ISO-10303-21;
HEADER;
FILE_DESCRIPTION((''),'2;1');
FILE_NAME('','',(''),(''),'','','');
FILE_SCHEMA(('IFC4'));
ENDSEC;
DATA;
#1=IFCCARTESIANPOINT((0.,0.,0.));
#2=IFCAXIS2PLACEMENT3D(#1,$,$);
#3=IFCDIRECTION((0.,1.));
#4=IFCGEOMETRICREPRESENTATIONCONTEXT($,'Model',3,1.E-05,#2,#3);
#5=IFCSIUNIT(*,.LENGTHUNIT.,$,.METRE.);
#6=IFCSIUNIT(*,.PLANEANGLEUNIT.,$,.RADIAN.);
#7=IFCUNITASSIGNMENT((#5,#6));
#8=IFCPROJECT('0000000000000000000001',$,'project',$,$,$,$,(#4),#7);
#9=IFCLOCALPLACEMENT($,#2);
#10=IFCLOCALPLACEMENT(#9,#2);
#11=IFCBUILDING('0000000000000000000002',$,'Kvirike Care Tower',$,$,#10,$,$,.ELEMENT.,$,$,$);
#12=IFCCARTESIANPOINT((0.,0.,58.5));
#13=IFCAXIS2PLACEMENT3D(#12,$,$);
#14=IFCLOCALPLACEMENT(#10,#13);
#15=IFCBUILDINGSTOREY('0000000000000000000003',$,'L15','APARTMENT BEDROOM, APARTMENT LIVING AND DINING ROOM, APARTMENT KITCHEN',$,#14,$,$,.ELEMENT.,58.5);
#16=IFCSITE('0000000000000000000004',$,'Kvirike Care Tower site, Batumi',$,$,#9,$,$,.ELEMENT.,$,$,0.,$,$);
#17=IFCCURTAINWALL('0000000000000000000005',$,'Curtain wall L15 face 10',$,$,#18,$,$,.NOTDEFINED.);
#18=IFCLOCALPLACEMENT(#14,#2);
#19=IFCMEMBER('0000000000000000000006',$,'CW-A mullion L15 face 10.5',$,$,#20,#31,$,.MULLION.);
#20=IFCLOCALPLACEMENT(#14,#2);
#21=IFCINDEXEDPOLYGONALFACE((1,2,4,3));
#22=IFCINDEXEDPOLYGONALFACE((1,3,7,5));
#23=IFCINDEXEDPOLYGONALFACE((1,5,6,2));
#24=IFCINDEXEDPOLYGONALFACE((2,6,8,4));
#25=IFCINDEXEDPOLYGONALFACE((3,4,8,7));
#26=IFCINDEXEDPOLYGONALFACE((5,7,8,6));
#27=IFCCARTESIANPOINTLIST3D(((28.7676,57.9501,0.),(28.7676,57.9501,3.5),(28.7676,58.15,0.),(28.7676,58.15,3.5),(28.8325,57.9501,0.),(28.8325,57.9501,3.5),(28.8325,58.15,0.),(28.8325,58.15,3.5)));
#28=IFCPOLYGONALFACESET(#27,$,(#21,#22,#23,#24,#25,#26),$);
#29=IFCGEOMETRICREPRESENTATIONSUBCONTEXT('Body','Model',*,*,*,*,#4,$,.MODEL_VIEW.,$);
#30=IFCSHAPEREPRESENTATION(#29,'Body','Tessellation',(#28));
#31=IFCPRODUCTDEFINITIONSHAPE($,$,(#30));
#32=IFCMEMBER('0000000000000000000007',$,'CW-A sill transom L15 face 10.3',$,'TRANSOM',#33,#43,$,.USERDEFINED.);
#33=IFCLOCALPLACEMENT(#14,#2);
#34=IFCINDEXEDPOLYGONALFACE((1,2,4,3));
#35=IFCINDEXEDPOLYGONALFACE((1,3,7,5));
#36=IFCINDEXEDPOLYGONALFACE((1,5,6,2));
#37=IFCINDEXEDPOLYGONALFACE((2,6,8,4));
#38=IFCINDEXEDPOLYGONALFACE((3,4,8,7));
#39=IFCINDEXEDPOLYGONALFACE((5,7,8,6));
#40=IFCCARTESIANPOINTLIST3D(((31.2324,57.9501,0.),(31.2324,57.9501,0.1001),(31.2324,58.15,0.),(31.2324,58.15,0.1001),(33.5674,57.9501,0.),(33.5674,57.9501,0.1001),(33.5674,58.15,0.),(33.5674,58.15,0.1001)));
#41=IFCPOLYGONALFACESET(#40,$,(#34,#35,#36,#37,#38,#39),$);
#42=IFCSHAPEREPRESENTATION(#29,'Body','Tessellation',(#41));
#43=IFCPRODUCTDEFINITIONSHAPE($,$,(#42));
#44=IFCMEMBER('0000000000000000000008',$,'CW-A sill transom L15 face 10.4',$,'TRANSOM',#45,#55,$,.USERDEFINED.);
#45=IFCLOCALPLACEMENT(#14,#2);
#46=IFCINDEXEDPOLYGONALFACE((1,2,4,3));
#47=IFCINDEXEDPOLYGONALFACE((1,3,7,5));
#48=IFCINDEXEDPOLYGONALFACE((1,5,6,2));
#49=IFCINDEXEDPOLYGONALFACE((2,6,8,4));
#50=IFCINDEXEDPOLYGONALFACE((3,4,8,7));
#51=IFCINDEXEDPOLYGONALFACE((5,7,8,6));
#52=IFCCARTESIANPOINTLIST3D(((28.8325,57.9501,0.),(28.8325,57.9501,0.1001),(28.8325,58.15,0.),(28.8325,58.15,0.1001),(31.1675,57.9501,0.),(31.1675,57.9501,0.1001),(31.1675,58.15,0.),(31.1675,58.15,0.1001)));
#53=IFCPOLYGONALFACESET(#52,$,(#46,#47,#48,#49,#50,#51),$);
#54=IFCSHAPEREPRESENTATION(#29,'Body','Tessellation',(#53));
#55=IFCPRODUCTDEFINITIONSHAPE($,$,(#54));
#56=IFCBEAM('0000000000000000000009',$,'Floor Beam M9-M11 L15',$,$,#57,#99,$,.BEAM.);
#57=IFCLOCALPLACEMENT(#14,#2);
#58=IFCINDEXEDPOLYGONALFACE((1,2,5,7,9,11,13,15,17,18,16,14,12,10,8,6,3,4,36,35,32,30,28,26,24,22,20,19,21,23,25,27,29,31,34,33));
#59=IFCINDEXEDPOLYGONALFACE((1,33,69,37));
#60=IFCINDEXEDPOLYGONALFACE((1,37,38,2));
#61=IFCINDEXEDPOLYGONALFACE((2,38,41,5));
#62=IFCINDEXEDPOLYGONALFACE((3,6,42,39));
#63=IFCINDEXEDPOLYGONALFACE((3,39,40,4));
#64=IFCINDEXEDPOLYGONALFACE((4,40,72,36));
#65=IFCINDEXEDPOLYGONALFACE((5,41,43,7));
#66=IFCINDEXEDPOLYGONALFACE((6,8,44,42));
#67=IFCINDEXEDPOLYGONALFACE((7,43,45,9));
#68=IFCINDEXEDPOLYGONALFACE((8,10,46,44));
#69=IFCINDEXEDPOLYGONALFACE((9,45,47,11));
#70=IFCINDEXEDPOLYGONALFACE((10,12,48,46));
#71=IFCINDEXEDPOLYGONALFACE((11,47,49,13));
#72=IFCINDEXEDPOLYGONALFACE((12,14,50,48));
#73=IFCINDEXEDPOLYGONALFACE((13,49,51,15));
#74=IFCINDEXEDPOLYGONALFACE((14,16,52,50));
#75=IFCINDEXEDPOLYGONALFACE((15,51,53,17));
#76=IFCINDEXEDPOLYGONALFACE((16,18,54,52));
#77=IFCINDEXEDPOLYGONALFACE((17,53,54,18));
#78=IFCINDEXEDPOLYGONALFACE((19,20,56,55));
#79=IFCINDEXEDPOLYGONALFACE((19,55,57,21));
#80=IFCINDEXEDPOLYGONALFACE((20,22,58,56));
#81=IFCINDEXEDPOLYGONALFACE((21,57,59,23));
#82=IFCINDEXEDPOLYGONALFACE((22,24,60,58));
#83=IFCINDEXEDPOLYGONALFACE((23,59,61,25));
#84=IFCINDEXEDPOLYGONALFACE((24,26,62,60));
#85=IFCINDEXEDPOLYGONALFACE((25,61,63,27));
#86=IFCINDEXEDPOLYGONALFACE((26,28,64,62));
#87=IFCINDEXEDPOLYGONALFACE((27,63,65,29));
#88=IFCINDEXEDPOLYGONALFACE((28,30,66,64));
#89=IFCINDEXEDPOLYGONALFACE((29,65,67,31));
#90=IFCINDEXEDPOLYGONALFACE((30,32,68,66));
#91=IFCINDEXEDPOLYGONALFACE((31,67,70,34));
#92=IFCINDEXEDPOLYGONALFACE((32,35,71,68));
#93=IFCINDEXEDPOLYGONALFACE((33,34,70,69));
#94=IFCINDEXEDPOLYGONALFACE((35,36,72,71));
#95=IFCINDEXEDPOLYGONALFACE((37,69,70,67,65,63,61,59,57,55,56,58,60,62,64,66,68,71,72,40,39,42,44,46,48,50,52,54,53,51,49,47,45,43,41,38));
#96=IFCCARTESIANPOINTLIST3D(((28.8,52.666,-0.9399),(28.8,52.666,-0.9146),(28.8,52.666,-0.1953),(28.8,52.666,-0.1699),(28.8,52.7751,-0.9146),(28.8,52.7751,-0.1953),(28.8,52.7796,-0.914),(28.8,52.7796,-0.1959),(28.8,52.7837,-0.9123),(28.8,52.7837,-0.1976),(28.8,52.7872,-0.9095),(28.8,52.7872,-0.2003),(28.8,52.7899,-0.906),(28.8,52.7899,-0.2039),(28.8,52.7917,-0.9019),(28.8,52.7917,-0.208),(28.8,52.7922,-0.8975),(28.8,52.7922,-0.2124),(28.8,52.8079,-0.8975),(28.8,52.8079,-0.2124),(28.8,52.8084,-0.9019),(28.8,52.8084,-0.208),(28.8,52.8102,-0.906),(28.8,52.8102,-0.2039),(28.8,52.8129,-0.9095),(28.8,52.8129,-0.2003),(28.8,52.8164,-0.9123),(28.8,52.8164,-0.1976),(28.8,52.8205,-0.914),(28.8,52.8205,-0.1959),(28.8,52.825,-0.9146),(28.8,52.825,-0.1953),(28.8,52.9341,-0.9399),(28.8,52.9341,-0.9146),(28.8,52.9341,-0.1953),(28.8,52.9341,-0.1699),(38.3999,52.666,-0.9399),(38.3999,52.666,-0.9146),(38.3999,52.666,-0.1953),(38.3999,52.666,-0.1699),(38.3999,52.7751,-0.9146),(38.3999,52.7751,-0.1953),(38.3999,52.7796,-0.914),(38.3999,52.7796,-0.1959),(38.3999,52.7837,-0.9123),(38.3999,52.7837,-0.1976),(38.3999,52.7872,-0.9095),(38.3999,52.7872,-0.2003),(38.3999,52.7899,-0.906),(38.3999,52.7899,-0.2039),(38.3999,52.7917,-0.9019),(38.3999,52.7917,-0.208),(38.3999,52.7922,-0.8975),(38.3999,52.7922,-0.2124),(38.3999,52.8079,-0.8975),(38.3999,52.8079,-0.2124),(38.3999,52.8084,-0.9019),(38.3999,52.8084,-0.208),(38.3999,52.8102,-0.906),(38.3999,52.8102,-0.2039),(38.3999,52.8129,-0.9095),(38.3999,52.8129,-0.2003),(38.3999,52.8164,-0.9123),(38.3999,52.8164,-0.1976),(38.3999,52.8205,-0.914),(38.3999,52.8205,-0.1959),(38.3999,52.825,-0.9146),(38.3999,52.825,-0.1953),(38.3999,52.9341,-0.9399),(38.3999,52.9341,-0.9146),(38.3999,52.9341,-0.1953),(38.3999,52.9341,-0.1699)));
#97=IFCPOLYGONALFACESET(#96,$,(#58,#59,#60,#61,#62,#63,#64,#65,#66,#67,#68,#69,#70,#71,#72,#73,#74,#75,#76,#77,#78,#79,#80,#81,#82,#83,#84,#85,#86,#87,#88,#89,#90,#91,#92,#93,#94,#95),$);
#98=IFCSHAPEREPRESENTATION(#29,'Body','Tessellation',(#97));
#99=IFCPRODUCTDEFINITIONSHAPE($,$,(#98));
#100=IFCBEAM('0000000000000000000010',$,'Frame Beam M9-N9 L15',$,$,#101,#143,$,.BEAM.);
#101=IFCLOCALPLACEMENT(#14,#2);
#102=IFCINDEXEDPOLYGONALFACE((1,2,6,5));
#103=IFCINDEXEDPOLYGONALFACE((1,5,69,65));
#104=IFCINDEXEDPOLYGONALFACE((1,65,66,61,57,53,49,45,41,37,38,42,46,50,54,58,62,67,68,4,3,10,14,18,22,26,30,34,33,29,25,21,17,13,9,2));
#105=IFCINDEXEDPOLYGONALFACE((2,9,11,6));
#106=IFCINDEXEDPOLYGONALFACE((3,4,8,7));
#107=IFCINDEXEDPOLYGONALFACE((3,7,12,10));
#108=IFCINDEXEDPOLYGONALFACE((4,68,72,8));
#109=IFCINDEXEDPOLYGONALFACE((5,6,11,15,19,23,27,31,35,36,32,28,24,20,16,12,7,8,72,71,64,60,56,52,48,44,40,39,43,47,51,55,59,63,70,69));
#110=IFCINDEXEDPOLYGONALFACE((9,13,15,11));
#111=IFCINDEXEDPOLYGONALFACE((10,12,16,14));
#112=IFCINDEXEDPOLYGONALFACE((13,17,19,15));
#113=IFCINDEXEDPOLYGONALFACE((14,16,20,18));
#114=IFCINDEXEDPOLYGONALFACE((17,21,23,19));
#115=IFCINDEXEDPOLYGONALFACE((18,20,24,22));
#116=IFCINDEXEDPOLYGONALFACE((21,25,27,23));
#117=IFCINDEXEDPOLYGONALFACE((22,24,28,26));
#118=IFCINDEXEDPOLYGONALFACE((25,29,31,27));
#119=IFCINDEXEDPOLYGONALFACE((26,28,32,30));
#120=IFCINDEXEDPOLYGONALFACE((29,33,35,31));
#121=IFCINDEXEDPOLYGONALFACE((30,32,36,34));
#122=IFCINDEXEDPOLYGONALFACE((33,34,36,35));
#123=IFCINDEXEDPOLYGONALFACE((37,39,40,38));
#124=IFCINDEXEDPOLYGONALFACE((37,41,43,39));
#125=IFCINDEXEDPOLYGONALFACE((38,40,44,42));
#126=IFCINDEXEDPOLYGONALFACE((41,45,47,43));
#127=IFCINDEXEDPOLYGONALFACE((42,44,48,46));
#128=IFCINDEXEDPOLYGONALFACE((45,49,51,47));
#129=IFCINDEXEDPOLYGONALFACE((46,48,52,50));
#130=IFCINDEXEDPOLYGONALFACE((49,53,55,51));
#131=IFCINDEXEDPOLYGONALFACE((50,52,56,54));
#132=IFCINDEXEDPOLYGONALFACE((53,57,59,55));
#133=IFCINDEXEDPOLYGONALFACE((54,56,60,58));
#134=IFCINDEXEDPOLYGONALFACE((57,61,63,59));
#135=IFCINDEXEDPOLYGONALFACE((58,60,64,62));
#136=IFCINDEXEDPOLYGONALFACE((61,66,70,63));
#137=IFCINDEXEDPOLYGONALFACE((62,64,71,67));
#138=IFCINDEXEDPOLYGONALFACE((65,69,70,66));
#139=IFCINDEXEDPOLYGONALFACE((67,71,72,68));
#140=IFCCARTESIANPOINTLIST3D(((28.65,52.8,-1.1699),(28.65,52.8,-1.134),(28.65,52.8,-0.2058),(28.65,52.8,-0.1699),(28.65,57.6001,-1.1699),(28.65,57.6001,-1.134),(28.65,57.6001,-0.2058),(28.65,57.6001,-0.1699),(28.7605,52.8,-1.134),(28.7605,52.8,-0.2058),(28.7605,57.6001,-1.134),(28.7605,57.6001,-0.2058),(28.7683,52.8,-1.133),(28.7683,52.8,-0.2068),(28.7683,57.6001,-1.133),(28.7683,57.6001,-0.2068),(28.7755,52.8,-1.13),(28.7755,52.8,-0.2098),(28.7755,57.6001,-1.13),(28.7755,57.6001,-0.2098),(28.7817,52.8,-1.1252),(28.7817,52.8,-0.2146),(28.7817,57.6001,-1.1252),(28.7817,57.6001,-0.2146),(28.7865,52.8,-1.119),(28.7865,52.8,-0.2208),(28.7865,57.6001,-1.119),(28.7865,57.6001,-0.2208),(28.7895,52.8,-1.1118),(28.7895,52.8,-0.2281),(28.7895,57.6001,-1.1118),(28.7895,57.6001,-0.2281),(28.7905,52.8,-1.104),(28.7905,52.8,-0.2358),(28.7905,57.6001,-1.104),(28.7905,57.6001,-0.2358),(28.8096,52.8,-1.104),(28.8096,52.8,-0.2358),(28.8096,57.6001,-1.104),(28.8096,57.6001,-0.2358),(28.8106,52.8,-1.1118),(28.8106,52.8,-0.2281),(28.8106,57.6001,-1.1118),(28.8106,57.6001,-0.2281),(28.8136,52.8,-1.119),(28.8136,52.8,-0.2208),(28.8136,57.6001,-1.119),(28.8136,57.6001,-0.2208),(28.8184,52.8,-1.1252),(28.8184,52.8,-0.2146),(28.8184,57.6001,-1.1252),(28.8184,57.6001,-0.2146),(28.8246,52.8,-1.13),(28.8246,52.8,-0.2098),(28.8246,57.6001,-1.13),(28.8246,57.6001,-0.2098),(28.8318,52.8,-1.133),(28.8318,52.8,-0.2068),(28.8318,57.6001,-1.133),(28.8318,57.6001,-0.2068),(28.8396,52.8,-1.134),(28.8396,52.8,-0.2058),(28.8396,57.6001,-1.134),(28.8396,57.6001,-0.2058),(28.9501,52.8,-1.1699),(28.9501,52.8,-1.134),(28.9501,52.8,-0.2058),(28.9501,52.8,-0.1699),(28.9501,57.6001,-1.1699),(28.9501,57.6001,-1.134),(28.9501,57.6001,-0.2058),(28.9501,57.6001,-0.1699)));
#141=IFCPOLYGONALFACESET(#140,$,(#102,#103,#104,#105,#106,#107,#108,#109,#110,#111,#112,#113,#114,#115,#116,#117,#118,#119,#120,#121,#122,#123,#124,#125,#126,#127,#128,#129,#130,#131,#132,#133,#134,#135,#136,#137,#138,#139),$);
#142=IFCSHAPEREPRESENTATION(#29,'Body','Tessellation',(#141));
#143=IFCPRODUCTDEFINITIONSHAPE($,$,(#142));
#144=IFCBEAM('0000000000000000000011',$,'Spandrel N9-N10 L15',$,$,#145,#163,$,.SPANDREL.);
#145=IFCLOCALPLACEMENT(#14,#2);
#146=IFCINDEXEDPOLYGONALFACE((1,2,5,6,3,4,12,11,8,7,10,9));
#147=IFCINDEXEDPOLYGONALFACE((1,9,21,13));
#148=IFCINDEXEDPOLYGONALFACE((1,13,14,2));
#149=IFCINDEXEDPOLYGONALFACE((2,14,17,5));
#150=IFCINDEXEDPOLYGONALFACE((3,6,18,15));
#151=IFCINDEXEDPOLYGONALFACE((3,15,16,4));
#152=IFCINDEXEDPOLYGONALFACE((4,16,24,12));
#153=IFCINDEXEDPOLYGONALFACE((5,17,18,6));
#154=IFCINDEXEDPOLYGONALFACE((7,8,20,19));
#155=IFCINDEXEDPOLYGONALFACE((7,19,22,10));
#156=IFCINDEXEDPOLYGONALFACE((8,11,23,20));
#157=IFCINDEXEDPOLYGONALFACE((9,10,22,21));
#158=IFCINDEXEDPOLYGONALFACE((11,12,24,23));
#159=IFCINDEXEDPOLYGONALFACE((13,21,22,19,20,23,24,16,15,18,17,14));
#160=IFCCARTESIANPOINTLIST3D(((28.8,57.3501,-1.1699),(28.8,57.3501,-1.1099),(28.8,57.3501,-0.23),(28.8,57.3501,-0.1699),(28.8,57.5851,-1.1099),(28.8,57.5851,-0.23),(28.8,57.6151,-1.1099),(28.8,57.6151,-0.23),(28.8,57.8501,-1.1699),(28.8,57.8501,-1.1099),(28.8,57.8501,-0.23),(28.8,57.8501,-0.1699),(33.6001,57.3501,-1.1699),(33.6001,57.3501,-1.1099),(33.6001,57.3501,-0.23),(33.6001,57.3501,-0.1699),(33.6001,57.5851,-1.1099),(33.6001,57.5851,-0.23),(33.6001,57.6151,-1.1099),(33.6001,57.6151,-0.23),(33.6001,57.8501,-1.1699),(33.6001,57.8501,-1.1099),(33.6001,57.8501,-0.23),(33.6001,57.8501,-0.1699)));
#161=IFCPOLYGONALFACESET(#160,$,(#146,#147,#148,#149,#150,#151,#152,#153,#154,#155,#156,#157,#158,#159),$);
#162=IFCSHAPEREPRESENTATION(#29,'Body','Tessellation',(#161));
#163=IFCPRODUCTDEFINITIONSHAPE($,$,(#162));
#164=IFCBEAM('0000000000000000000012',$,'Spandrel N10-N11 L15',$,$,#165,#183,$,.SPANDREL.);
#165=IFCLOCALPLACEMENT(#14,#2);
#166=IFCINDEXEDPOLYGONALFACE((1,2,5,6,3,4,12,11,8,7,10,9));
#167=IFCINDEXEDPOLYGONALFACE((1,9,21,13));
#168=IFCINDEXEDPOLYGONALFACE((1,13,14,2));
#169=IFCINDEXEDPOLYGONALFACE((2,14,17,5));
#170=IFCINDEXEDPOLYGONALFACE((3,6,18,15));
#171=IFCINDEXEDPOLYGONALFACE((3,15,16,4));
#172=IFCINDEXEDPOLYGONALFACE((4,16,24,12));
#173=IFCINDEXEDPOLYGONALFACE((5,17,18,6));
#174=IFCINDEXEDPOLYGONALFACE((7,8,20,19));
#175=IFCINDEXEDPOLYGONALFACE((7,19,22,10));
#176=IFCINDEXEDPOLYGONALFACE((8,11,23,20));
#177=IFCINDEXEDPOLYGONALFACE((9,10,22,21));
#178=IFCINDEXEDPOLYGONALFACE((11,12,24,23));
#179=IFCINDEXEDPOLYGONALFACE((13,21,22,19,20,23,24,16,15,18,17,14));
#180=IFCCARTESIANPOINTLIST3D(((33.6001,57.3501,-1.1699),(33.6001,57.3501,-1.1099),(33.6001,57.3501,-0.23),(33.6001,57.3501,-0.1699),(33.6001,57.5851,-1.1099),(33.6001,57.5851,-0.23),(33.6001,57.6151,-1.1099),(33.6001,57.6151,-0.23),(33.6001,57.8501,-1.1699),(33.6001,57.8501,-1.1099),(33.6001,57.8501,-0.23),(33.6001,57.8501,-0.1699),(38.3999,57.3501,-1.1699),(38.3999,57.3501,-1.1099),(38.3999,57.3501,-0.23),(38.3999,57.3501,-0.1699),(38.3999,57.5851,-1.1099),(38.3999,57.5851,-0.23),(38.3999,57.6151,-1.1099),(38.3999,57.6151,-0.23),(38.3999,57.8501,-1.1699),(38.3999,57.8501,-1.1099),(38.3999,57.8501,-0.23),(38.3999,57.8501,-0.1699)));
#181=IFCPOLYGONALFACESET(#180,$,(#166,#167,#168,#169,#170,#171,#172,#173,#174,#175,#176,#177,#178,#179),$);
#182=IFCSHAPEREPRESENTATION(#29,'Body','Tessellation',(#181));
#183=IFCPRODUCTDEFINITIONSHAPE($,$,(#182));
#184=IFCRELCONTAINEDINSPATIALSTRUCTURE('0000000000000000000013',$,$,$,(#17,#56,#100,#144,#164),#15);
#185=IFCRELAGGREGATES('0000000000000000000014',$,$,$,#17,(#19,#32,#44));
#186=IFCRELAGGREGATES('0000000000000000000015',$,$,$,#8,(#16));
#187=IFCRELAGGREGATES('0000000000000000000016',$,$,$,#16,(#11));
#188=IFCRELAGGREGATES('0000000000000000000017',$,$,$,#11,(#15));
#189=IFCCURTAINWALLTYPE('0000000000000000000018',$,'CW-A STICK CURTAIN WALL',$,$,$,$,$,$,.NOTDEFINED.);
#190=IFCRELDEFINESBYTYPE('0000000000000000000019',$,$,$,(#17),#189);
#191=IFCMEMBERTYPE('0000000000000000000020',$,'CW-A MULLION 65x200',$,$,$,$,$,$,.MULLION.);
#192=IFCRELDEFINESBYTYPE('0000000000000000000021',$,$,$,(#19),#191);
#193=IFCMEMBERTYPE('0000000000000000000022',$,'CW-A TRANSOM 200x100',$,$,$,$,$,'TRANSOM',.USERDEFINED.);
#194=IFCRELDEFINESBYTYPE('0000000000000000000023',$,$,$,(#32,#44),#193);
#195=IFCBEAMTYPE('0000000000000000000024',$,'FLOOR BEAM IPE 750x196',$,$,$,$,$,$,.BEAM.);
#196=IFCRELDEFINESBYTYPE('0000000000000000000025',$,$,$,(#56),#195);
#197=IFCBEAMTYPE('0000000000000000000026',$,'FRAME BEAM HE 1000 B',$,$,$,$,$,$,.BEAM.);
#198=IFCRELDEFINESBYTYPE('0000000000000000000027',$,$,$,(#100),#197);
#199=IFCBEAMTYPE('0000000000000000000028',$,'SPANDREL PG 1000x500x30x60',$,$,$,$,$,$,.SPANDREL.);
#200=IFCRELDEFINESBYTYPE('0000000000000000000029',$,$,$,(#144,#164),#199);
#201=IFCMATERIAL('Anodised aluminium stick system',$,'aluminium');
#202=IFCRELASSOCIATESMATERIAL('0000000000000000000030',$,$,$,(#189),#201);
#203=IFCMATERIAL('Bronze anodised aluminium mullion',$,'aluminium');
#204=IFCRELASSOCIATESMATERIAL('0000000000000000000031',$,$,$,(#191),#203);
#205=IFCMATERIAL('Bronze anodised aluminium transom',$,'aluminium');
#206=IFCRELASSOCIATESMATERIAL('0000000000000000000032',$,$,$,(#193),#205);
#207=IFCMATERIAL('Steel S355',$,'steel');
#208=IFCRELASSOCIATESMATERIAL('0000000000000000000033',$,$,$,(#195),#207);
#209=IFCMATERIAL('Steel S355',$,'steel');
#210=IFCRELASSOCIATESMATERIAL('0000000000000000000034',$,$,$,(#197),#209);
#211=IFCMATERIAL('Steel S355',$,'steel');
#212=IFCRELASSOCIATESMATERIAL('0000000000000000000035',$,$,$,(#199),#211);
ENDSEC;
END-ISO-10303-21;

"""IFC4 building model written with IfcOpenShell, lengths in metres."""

from ifc_helpers import new_model, si_unit, direction, frame, origin, origin_2d, place, context, subcontext, project, spatial, rectangle, i_section, extrude, material, material_profile, profile_set, type_object, element, aggregate, save


model = new_model("IFC4")

# Units and contexts
model_context = context("Model", 3, precision=1e-05, world=origin(), true_north=direction((0.0, 1.0)))
body_context = subcontext(model_context, "Body", "Model", "MODEL_VIEW")
ifc_project = project(units=[si_unit("LENGTHUNIT", "METRE"), si_unit("PLANEANGLEUNIT", "RADIAN")], contexts=[model_context])

# Site, building, storey
site_placement = place(None, origin())
site = spatial("IfcSite", under=ifc_project, at=site_placement, Name="Kvirike Care Tower site, Batumi", CompositionType="ELEMENT", RefElevation=0.0)
building_placement = place(site_placement, origin())
building = spatial("IfcBuilding", under=site, at=building_placement, Name="Kvirike Care Tower", CompositionType="ELEMENT")
storey_placement = place(building_placement, frame((0.0, 0.0, 58.5)))
storey = spatial("IfcBuildingStorey", under=building, at=storey_placement, Name="L15", Description="APARTMENT BEDROOM, APARTMENT LIVING AND DINING ROOM, APARTMENT KITCHEN", CompositionType="ELEMENT", Elevation=58.5)

# Curtain wall, members
ifc_material_1 = material(Name="Anodised aluminium stick system", Category="aluminium")
curtain_wall_type = type_object("IfcCurtainWallType", Name="CW-A STICK CURTAIN WALL", PredefinedType="NOTDEFINED", material=ifc_material_1)
curtain_wall_placement = place(storey_placement, origin())
curtain_wall = element("IfcCurtainWall", 1, at=curtain_wall_placement, inside=storey, type_object=curtain_wall_type, Name="Curtain wall L15 face 10", PredefinedType="NOTDEFINED")
ifc_material_2 = material(Name="Bronze anodised aluminium mullion", Category="aluminium")
ifc_material_profile_1 = material_profile(ifc_material_2, rectangle(XDim=0.0649, YDim=0.2, at=origin_2d()), Name="CW-A MULLION 65x200")
ifc_profile_set_1 = profile_set([ifc_material_profile_1], Name="Bronze anodised aluminium mullion")
member_type_1 = type_object("IfcMemberType", Name="CW-A MULLION 65x200", PredefinedType="MULLION", material=ifc_profile_set_1)
member_1_placement = place(storey_placement, frame((28.8, 58.05, 0.0), z_axis=(0.0, 0.0, 1.0), x_axis=(-1.0, 0.0, 0.0)))
member_1 = element("IfcMember", 2, at=member_1_placement, type_object=member_type_1, Name="CW-A mullion L15 face 10.5", PredefinedType="MULLION", context=body_context, shape_type="SweptSolid", body=[
    extrude(rectangle(XDim=0.0649, YDim=0.2, at=origin_2d()), origin(), (0.0, 0.0, 1.0), 3.5),
])
ifc_material_3 = material(Name="Bronze anodised aluminium transom", Category="aluminium")
ifc_material_profile_2 = material_profile(ifc_material_3, rectangle(XDim=0.2, YDim=0.1001, at=origin_2d()), Name="CW-A TRANSOM 200x100")
ifc_profile_set_2 = profile_set([ifc_material_profile_2], Name="Bronze anodised aluminium transom")
member_type_2 = type_object("IfcMemberType", Name="CW-A TRANSOM 200x100", ElementType="TRANSOM", PredefinedType="USERDEFINED", material=ifc_profile_set_2)
member_2_placement = place(storey_placement, frame((33.5674, 58.05, 0.05), z_axis=(-1.0, 0.0, 0.0), x_axis=(0.0, -1.0, 0.0)))
member_2 = element("IfcMember", 3, at=member_2_placement, type_object=member_type_2, Name="CW-A sill transom L15 face 10.3", ObjectType="TRANSOM", PredefinedType="USERDEFINED", context=body_context, shape_type="SweptSolid", body=[
    extrude(rectangle(XDim=0.2, YDim=0.1001, at=origin_2d()), origin(), (0.0, 0.0, 1.0), 2.335),
])
member_3_placement = place(storey_placement, frame((31.1675, 58.05, 0.05), z_axis=(-1.0, 0.0, 0.0), x_axis=(0.0, -1.0, 0.0)))
member_3 = element("IfcMember", 4, at=member_3_placement, type_object=member_type_2, Name="CW-A sill transom L15 face 10.4", ObjectType="TRANSOM", PredefinedType="USERDEFINED", context=body_context, shape_type="SweptSolid", body=[
    extrude(rectangle(XDim=0.2, YDim=0.1001, at=origin_2d()), origin(), (0.0, 0.0, 1.0), 2.335),
])

# Beams
ifc_material_4 = material(Name="Steel S355", Category="steel")
ifc_material_profile_3 = material_profile(ifc_material_4, i_section(OverallWidth=0.2681, OverallDepth=0.77, WebThickness=0.0156, FlangeThickness=0.0254, FilletRadius=0.0171, at=origin_2d()), Name="IPE 750x196")
ifc_profile_set_3 = profile_set([ifc_material_profile_3], Name="Steel S355")
beam_type_1 = type_object("IfcBeamType", Name="FLOOR BEAM IPE 750x196", PredefinedType="BEAM", material=ifc_profile_set_3)
beam_1_placement = place(storey_placement, frame((28.8, 52.8, -0.5549), z_axis=(1.0, 0.0, 0.0), x_axis=(0.0, 1.0, 0.0)))
element("IfcBeam", 5, at=beam_1_placement, inside=storey, type_object=beam_type_1, Name="Floor Beam M9-M11 L15", PredefinedType="BEAM", context=body_context, shape_type="SweptSolid", body=[
    extrude(i_section(OverallWidth=0.2681, OverallDepth=0.77, WebThickness=0.0156, FlangeThickness=0.0254, FilletRadius=0.0171, at=origin_2d()), origin(), (0.0, 0.0, 1.0), 9.5999),
])
ifc_material_5 = material(Name="Steel S355", Category="steel")
ifc_material_profile_4 = material_profile(ifc_material_5, i_section(OverallWidth=0.3, OverallDepth=1.0, WebThickness=0.019, FlangeThickness=0.0359, FilletRadius=0.03, at=origin_2d()), Name="HE 1000 B")
ifc_profile_set_4 = profile_set([ifc_material_profile_4], Name="Steel S355")
beam_type_2 = type_object("IfcBeamType", Name="FRAME BEAM HE 1000 B", PredefinedType="BEAM", material=ifc_profile_set_4)
beam_2_placement = place(storey_placement, frame((28.8, 52.8, -0.6699), z_axis=(0.0, 1.0, 0.0), x_axis=(-1.0, 0.0, 0.0)))
element("IfcBeam", 6, at=beam_2_placement, inside=storey, type_object=beam_type_2, Name="Frame Beam M9-N9 L15", PredefinedType="BEAM", context=body_context, shape_type="SweptSolid", body=[
    extrude(i_section(OverallWidth=0.3, OverallDepth=1.0, WebThickness=0.019, FlangeThickness=0.0359, FilletRadius=0.03, at=origin_2d()), origin(), (0.0, 0.0, 1.0), 4.8),
])
ifc_material_6 = material(Name="Steel S355", Category="steel")
ifc_material_profile_5 = material_profile(ifc_material_6, i_section(OverallWidth=0.5, OverallDepth=1.0, WebThickness=0.03, FlangeThickness=0.0601, at=origin_2d()), Name="PG 1000x500x30x60")
ifc_profile_set_5 = profile_set([ifc_material_profile_5], Name="Steel S355")
beam_type_3 = type_object("IfcBeamType", Name="SPANDREL PG 1000x500x30x60", PredefinedType="SPANDREL", material=ifc_profile_set_5)
beam_3_placement = place(storey_placement, frame((28.8, 57.6001, -0.6699), z_axis=(1.0, 0.0, 0.0), x_axis=(0.0, 1.0, 0.0)))
element("IfcBeam", 7, at=beam_3_placement, inside=storey, type_object=beam_type_3, Name="Spandrel N9-N10 L15", PredefinedType="SPANDREL", context=body_context, shape_type="SweptSolid", body=[
    extrude(i_section(OverallWidth=0.5, OverallDepth=1.0, WebThickness=0.03, FlangeThickness=0.0601, at=origin_2d()), origin(), (0.0, 0.0, 1.0), 4.8),
])
beam_4_placement = place(storey_placement, frame((33.6001, 57.6001, -0.6699), z_axis=(1.0, 0.0, 0.0), x_axis=(0.0, 1.0, 0.0)))
element("IfcBeam", 8, at=beam_4_placement, inside=storey, type_object=beam_type_3, Name="Spandrel N10-N11 L15", PredefinedType="SPANDREL", context=body_context, shape_type="SweptSolid", body=[
    extrude(i_section(OverallWidth=0.5, OverallDepth=1.0, WebThickness=0.03, FlangeThickness=0.0601, at=origin_2d()), origin(), (0.0, 0.0, 1.0), 4.7998),
])

aggregate(curtain_wall, [member_1, member_2, member_3])

save(model, "model.ifc")
